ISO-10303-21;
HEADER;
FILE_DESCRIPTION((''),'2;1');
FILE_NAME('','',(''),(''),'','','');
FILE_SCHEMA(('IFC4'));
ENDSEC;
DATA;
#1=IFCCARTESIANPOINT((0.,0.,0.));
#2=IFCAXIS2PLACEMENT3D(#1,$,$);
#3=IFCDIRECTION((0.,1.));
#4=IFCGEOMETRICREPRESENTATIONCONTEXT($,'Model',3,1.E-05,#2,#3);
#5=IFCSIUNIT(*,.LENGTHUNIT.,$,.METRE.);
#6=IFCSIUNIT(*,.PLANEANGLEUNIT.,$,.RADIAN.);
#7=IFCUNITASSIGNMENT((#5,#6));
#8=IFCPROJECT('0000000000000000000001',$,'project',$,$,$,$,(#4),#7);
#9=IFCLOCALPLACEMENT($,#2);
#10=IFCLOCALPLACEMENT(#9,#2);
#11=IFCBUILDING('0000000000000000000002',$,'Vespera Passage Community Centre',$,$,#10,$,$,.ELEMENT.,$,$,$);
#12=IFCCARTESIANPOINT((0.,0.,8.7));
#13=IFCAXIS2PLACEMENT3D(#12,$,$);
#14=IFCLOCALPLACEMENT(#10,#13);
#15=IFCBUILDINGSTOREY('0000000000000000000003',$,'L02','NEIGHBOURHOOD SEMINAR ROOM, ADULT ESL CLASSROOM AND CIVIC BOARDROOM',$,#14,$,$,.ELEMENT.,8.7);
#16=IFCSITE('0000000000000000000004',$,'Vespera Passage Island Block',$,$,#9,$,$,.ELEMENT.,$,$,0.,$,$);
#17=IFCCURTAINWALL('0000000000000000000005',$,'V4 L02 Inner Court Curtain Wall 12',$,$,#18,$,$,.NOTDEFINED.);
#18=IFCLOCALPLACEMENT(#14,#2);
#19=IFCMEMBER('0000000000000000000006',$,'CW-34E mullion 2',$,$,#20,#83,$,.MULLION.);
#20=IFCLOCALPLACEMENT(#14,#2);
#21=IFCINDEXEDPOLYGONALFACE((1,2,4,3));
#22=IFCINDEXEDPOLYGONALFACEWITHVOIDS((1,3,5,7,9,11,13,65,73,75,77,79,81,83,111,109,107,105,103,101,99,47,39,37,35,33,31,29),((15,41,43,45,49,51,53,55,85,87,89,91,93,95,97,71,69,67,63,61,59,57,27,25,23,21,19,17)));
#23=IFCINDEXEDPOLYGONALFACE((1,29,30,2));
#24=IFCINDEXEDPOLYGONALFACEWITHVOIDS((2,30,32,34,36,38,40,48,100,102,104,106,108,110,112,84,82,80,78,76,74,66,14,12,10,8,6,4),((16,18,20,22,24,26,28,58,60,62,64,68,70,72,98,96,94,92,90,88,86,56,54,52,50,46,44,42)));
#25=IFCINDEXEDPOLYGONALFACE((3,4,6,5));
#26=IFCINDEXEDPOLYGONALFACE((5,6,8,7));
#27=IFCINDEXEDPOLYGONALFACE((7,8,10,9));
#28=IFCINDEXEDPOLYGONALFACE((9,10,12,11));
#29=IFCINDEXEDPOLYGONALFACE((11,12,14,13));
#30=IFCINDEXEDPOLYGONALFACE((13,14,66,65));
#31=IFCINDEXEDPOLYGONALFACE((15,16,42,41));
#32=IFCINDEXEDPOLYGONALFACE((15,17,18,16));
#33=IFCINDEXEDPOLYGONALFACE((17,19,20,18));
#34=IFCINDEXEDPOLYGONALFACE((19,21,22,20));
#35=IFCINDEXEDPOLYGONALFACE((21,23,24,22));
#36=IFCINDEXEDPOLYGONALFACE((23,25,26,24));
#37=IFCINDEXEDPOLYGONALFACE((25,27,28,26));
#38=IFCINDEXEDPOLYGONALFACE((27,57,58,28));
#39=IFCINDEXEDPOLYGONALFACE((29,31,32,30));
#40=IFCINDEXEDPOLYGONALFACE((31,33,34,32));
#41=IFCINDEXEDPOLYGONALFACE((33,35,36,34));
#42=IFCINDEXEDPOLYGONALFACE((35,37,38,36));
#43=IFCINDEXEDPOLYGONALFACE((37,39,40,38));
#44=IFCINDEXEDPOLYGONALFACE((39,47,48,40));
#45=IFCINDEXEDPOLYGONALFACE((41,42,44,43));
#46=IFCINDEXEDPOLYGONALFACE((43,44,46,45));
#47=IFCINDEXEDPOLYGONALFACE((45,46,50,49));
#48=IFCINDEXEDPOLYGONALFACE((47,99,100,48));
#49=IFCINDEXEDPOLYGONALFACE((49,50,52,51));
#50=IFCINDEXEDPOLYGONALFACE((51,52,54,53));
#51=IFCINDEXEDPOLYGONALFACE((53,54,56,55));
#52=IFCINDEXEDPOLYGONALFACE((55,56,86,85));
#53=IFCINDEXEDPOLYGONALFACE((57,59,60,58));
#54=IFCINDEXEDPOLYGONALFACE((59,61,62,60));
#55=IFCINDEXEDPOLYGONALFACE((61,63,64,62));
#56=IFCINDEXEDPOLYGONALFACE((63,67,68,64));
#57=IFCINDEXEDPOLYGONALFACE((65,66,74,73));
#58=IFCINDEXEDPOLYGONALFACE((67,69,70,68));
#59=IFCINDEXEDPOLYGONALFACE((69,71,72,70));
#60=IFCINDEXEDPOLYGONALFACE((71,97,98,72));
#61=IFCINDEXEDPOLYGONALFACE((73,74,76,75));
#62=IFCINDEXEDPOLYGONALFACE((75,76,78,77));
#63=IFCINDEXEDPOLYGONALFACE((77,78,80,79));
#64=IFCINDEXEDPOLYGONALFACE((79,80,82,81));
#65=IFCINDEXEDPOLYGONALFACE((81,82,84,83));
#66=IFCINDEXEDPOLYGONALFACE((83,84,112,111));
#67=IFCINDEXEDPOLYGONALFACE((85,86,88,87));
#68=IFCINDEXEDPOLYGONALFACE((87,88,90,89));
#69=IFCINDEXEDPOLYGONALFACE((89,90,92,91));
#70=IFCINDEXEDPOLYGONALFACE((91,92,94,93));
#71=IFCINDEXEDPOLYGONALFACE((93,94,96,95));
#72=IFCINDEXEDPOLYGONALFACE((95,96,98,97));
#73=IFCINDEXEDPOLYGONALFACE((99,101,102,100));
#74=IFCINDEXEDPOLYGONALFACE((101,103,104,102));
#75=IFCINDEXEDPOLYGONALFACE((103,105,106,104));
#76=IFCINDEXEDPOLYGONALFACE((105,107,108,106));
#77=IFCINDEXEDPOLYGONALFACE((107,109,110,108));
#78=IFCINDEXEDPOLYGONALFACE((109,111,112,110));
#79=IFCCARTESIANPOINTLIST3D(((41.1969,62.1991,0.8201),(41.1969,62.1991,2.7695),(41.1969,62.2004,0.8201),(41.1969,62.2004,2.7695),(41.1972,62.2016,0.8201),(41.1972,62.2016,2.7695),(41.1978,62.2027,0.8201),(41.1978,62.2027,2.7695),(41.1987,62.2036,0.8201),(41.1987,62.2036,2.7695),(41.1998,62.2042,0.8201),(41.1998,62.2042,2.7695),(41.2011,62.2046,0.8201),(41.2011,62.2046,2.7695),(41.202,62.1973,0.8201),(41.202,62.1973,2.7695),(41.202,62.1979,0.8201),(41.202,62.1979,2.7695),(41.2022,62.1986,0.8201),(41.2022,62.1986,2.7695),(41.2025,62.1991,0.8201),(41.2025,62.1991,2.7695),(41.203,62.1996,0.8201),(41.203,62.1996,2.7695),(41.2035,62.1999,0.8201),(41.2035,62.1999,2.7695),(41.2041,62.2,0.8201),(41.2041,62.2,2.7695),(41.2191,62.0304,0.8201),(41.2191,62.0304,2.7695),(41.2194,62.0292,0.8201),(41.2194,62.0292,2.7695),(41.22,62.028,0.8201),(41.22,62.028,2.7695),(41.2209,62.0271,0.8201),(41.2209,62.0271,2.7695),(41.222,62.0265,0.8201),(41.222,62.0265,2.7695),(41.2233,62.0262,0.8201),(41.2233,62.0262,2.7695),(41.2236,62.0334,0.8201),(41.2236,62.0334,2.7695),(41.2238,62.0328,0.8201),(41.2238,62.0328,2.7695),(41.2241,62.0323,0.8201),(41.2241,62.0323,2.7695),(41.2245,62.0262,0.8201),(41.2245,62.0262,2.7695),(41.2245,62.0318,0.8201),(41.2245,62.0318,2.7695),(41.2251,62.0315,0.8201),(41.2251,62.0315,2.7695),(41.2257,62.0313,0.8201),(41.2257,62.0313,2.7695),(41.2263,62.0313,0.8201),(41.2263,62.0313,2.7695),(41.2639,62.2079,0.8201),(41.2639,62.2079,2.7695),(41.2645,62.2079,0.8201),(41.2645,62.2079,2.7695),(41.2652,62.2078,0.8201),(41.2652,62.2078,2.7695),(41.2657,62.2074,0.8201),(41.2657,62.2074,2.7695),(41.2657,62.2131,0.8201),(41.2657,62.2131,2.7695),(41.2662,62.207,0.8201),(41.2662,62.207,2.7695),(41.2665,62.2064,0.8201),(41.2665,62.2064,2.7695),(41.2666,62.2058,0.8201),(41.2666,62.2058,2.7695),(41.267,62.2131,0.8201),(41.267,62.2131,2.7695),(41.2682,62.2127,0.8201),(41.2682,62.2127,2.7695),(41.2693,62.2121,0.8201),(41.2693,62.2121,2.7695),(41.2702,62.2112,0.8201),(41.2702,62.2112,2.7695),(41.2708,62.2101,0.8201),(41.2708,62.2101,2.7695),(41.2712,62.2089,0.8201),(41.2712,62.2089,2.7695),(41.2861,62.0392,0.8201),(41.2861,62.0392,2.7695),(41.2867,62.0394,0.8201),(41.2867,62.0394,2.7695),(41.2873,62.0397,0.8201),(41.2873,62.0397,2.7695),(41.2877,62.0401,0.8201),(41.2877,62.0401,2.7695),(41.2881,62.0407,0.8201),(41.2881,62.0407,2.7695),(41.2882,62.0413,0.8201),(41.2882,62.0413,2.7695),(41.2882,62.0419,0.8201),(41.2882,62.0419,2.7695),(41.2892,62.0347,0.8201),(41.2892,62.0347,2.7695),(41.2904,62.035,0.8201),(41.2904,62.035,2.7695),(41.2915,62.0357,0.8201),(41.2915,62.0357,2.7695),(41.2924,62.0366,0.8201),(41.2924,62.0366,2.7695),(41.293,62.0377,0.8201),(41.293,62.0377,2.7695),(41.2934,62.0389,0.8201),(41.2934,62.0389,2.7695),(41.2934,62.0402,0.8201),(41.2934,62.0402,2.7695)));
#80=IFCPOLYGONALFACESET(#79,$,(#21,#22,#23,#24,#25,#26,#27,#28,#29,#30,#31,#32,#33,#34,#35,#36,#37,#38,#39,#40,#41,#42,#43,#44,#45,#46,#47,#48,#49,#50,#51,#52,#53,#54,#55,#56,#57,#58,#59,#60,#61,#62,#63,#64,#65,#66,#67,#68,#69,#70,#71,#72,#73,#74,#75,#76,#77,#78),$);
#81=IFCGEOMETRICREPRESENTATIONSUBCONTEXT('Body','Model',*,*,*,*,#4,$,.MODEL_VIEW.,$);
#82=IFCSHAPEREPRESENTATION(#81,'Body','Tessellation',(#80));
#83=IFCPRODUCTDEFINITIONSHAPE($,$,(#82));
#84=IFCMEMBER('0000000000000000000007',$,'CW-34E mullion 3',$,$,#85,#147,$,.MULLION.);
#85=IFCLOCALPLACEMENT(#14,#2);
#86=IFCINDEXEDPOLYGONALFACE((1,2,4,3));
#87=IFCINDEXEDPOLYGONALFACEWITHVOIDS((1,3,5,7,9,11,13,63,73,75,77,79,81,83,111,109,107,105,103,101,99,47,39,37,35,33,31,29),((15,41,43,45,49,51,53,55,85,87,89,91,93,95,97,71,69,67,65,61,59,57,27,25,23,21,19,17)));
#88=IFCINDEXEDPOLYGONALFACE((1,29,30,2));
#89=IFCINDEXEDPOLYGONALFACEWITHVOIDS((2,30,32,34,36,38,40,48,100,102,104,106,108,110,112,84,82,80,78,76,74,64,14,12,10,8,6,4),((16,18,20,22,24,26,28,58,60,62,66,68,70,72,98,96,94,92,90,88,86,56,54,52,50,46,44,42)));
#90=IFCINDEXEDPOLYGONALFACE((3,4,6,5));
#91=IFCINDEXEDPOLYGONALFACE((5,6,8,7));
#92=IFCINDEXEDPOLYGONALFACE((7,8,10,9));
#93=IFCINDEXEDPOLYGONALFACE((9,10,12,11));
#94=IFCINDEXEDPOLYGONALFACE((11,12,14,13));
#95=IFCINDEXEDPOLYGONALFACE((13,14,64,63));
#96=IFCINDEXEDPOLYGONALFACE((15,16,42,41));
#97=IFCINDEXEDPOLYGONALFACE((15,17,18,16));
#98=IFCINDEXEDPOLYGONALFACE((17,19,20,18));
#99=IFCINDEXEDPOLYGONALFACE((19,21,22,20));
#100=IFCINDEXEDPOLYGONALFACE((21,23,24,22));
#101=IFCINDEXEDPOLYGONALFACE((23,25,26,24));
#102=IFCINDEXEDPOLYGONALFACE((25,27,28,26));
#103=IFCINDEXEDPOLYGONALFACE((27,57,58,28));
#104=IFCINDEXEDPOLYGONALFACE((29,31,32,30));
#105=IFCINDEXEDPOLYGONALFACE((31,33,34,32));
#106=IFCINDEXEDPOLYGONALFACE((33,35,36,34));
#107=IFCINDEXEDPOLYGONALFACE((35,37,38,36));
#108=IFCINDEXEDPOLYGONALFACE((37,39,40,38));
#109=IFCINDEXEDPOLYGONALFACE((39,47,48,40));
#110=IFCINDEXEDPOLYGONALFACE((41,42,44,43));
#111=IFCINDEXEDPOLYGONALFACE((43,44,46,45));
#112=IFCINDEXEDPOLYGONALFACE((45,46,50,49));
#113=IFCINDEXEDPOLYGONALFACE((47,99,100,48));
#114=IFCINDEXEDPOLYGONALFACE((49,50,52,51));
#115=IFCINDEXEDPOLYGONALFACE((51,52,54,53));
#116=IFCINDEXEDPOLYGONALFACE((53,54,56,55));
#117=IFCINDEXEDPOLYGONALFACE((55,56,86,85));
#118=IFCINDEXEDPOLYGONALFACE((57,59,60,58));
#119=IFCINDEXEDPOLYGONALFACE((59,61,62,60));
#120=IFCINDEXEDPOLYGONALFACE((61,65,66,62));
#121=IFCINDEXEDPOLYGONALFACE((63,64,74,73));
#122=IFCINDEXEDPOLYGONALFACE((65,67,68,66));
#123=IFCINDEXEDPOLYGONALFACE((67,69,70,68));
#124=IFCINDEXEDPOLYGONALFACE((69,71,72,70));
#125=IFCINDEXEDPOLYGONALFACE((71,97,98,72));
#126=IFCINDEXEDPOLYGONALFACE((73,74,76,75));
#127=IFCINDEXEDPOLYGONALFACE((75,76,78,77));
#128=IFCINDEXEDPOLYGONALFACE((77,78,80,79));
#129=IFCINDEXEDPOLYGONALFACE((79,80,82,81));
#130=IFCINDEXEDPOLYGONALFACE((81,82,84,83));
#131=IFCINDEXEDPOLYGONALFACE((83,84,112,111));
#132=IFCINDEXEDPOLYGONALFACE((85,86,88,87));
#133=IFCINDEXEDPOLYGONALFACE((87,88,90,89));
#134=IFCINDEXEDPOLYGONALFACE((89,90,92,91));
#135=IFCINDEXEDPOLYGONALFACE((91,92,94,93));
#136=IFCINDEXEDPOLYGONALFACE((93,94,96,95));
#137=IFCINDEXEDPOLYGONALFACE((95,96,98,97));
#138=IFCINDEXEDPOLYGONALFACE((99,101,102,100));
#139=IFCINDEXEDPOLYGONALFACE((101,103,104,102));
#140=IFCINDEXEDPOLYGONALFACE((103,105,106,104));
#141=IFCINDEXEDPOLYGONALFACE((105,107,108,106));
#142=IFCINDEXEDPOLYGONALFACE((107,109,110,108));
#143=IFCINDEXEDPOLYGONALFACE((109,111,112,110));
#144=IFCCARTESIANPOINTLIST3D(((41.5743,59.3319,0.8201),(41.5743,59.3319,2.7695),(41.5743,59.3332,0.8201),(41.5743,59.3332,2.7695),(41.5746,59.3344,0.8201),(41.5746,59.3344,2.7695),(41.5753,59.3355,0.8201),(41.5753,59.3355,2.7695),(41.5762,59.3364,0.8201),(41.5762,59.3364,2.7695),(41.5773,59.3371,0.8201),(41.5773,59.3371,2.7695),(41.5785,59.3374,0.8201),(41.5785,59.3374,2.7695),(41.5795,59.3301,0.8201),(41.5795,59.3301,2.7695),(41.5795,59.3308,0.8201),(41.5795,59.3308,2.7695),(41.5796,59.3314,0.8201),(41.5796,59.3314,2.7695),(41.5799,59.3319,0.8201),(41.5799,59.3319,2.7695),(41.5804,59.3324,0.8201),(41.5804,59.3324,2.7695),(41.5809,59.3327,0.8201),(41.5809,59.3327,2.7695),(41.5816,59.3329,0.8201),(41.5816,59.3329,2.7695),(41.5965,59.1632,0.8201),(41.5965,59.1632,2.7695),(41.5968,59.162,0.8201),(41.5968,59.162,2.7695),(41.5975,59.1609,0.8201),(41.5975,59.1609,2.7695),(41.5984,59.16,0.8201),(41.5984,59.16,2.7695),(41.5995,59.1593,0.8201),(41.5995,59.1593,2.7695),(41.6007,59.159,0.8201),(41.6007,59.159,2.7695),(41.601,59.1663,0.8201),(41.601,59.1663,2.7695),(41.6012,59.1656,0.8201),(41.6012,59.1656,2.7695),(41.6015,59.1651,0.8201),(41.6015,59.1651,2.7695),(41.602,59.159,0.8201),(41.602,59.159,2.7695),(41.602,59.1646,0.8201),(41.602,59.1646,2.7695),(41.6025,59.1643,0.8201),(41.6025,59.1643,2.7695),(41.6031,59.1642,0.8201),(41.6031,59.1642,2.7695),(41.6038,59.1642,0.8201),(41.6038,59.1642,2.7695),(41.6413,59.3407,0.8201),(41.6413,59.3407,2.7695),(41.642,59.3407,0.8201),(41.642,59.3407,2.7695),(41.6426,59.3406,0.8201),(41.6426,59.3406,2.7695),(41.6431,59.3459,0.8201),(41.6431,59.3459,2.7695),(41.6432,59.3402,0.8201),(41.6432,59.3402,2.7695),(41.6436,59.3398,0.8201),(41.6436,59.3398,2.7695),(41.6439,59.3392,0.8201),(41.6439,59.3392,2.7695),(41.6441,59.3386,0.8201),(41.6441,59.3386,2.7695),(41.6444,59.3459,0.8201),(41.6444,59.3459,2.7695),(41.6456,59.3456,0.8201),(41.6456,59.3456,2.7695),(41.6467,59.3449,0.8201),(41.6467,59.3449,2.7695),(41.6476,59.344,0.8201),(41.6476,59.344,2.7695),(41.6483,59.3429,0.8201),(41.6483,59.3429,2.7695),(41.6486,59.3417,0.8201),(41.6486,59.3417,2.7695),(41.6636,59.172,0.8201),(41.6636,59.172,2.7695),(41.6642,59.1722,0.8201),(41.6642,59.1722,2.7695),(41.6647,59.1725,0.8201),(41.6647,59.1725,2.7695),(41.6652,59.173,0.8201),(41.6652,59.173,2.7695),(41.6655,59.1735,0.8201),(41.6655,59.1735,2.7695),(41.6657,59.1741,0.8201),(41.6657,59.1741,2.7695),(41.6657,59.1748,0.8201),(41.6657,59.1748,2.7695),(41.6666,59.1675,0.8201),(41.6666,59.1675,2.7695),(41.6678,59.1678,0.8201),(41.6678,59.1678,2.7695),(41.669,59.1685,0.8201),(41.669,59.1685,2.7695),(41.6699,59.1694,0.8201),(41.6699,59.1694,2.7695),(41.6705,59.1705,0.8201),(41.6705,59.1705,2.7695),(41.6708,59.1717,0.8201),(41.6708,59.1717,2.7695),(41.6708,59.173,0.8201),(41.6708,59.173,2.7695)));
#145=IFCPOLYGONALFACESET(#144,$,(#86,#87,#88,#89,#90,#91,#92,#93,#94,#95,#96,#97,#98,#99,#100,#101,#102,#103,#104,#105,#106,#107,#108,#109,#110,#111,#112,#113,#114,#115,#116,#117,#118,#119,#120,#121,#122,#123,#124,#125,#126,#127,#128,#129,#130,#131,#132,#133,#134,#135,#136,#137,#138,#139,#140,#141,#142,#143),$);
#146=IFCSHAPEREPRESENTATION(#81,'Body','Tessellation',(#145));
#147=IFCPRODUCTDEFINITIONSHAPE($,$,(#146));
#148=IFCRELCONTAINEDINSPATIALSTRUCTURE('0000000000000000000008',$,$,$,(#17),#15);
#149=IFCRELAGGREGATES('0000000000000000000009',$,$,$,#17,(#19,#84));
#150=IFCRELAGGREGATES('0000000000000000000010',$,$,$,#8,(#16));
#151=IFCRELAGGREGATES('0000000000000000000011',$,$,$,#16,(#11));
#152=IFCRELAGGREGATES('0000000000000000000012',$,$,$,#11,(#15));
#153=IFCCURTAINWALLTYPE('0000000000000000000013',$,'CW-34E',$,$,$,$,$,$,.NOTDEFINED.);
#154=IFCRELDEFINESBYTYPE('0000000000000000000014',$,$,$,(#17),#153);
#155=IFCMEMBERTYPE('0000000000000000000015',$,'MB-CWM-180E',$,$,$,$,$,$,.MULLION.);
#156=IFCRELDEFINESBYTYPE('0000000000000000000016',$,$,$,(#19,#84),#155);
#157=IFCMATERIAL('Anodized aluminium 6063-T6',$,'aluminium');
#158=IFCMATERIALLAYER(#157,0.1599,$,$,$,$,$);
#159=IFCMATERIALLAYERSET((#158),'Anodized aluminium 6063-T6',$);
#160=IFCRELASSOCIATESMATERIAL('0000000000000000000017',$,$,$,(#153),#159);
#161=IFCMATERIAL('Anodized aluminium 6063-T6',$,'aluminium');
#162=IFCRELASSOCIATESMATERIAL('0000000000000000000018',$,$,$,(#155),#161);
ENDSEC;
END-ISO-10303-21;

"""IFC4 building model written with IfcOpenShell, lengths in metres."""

from ifc_helpers import new_model, si_unit, direction, frame, origin, origin_2d, place, context, subcontext, project, spatial, hollow_rectangle, extrude, material, layer, layer_set, material_profile, profile_set, type_object, element, aggregate, save


model = new_model("IFC4")

# Units and contexts
model_context = context("Model", 3, precision=1e-05, world=origin(), true_north=direction((0.0, 1.0)))
body_context = subcontext(model_context, "Body", "Model", "MODEL_VIEW")
ifc_project = project(units=[si_unit("LENGTHUNIT", "METRE"), si_unit("PLANEANGLEUNIT", "RADIAN")], contexts=[model_context])

# Site, building, storey
site_placement = place(None, origin())
site = spatial("IfcSite", under=ifc_project, at=site_placement, Name="Vespera Passage Island Block", CompositionType="ELEMENT", RefElevation=0.0)
building_placement = place(site_placement, origin())
building = spatial("IfcBuilding", under=site, at=building_placement, Name="Vespera Passage Community Centre", CompositionType="ELEMENT")
storey_placement = place(building_placement, frame((0.0, 0.0, 8.7)))
storey = spatial("IfcBuildingStorey", under=building, at=storey_placement, Name="L02", Description="NEIGHBOURHOOD SEMINAR ROOM, ADULT ESL CLASSROOM AND CIVIC BOARDROOM", CompositionType="ELEMENT", Elevation=8.7)

# Curtain wall, members
ifc_material_1 = material(Name="Anodized aluminium 6063-T6", Category="aluminium")
ifc_layer_1 = layer(ifc_material_1, 0.1599)
ifc_layer_set_1 = layer_set([ifc_layer_1], Name="Anodized aluminium 6063-T6")
curtain_wall_type_1 = type_object("IfcCurtainWallType", Name="CW-34E", PredefinedType="NOTDEFINED", material=ifc_layer_set_1)
curtain_wall_1_placement = place(storey_placement, origin())
curtain_wall_1 = element("IfcCurtainWall", 1, at=curtain_wall_1_placement, inside=storey, type_object=curtain_wall_type_1, Name="V4 L02 Inner Court Curtain Wall 12", PredefinedType="NOTDEFINED")
ifc_material_2 = material(Name="Anodized aluminium 6063-T6", Category="aluminium")
ifc_material_profile_1 = material_profile(ifc_material_2, hollow_rectangle(XDim=0.075, YDim=0.1799, WallThickness=0.0049, InnerFilletRadius=0.0024, OuterFilletRadius=0.0049, at=origin_2d()), Name="ALU180X75X5")
ifc_profile_set_1 = profile_set([ifc_material_profile_1], Name="Anodized aluminium 6063-T6")
member_type_1 = type_object("IfcMemberType", Name="MB-CWM-180E", PredefinedType="MULLION", material=ifc_profile_set_1)
member_1_placement = place(storey_placement, frame((41.2451, 62.1196, 0.8201), z_axis=(0.0, 0.0, 1.0), x_axis=(0.991445, 0.130522, 0.0)))
member_1 = element("IfcMember", 2, at=member_1_placement, type_object=member_type_1, Name="CW-34E mullion 2", PredefinedType="MULLION", context=body_context, shape_type="SweptSolid", body=[
    extrude(hollow_rectangle(XDim=0.075, YDim=0.1799, WallThickness=0.0049, InnerFilletRadius=0.0024, OuterFilletRadius=0.0049, at=origin_2d()), origin(), (0.0, 0.0, 1.0), 1.9495),
])
member_2_placement = place(storey_placement, frame((41.6226, 59.2524, 0.8201), z_axis=(0.0, 0.0, 1.0), x_axis=(0.991445, 0.130522, 0.0)))
member_2 = element("IfcMember", 3, at=member_2_placement, type_object=member_type_1, Name="CW-34E mullion 3", PredefinedType="MULLION", context=body_context, shape_type="SweptSolid", body=[
    extrude(hollow_rectangle(XDim=0.075, YDim=0.1799, WallThickness=0.0049, InnerFilletRadius=0.0024, OuterFilletRadius=0.0049, at=origin_2d()), origin(), (0.0, 0.0, 1.0), 1.9495),
])

aggregate(curtain_wall_1, [member_1, member_2])

save(model, "model.ifc")
